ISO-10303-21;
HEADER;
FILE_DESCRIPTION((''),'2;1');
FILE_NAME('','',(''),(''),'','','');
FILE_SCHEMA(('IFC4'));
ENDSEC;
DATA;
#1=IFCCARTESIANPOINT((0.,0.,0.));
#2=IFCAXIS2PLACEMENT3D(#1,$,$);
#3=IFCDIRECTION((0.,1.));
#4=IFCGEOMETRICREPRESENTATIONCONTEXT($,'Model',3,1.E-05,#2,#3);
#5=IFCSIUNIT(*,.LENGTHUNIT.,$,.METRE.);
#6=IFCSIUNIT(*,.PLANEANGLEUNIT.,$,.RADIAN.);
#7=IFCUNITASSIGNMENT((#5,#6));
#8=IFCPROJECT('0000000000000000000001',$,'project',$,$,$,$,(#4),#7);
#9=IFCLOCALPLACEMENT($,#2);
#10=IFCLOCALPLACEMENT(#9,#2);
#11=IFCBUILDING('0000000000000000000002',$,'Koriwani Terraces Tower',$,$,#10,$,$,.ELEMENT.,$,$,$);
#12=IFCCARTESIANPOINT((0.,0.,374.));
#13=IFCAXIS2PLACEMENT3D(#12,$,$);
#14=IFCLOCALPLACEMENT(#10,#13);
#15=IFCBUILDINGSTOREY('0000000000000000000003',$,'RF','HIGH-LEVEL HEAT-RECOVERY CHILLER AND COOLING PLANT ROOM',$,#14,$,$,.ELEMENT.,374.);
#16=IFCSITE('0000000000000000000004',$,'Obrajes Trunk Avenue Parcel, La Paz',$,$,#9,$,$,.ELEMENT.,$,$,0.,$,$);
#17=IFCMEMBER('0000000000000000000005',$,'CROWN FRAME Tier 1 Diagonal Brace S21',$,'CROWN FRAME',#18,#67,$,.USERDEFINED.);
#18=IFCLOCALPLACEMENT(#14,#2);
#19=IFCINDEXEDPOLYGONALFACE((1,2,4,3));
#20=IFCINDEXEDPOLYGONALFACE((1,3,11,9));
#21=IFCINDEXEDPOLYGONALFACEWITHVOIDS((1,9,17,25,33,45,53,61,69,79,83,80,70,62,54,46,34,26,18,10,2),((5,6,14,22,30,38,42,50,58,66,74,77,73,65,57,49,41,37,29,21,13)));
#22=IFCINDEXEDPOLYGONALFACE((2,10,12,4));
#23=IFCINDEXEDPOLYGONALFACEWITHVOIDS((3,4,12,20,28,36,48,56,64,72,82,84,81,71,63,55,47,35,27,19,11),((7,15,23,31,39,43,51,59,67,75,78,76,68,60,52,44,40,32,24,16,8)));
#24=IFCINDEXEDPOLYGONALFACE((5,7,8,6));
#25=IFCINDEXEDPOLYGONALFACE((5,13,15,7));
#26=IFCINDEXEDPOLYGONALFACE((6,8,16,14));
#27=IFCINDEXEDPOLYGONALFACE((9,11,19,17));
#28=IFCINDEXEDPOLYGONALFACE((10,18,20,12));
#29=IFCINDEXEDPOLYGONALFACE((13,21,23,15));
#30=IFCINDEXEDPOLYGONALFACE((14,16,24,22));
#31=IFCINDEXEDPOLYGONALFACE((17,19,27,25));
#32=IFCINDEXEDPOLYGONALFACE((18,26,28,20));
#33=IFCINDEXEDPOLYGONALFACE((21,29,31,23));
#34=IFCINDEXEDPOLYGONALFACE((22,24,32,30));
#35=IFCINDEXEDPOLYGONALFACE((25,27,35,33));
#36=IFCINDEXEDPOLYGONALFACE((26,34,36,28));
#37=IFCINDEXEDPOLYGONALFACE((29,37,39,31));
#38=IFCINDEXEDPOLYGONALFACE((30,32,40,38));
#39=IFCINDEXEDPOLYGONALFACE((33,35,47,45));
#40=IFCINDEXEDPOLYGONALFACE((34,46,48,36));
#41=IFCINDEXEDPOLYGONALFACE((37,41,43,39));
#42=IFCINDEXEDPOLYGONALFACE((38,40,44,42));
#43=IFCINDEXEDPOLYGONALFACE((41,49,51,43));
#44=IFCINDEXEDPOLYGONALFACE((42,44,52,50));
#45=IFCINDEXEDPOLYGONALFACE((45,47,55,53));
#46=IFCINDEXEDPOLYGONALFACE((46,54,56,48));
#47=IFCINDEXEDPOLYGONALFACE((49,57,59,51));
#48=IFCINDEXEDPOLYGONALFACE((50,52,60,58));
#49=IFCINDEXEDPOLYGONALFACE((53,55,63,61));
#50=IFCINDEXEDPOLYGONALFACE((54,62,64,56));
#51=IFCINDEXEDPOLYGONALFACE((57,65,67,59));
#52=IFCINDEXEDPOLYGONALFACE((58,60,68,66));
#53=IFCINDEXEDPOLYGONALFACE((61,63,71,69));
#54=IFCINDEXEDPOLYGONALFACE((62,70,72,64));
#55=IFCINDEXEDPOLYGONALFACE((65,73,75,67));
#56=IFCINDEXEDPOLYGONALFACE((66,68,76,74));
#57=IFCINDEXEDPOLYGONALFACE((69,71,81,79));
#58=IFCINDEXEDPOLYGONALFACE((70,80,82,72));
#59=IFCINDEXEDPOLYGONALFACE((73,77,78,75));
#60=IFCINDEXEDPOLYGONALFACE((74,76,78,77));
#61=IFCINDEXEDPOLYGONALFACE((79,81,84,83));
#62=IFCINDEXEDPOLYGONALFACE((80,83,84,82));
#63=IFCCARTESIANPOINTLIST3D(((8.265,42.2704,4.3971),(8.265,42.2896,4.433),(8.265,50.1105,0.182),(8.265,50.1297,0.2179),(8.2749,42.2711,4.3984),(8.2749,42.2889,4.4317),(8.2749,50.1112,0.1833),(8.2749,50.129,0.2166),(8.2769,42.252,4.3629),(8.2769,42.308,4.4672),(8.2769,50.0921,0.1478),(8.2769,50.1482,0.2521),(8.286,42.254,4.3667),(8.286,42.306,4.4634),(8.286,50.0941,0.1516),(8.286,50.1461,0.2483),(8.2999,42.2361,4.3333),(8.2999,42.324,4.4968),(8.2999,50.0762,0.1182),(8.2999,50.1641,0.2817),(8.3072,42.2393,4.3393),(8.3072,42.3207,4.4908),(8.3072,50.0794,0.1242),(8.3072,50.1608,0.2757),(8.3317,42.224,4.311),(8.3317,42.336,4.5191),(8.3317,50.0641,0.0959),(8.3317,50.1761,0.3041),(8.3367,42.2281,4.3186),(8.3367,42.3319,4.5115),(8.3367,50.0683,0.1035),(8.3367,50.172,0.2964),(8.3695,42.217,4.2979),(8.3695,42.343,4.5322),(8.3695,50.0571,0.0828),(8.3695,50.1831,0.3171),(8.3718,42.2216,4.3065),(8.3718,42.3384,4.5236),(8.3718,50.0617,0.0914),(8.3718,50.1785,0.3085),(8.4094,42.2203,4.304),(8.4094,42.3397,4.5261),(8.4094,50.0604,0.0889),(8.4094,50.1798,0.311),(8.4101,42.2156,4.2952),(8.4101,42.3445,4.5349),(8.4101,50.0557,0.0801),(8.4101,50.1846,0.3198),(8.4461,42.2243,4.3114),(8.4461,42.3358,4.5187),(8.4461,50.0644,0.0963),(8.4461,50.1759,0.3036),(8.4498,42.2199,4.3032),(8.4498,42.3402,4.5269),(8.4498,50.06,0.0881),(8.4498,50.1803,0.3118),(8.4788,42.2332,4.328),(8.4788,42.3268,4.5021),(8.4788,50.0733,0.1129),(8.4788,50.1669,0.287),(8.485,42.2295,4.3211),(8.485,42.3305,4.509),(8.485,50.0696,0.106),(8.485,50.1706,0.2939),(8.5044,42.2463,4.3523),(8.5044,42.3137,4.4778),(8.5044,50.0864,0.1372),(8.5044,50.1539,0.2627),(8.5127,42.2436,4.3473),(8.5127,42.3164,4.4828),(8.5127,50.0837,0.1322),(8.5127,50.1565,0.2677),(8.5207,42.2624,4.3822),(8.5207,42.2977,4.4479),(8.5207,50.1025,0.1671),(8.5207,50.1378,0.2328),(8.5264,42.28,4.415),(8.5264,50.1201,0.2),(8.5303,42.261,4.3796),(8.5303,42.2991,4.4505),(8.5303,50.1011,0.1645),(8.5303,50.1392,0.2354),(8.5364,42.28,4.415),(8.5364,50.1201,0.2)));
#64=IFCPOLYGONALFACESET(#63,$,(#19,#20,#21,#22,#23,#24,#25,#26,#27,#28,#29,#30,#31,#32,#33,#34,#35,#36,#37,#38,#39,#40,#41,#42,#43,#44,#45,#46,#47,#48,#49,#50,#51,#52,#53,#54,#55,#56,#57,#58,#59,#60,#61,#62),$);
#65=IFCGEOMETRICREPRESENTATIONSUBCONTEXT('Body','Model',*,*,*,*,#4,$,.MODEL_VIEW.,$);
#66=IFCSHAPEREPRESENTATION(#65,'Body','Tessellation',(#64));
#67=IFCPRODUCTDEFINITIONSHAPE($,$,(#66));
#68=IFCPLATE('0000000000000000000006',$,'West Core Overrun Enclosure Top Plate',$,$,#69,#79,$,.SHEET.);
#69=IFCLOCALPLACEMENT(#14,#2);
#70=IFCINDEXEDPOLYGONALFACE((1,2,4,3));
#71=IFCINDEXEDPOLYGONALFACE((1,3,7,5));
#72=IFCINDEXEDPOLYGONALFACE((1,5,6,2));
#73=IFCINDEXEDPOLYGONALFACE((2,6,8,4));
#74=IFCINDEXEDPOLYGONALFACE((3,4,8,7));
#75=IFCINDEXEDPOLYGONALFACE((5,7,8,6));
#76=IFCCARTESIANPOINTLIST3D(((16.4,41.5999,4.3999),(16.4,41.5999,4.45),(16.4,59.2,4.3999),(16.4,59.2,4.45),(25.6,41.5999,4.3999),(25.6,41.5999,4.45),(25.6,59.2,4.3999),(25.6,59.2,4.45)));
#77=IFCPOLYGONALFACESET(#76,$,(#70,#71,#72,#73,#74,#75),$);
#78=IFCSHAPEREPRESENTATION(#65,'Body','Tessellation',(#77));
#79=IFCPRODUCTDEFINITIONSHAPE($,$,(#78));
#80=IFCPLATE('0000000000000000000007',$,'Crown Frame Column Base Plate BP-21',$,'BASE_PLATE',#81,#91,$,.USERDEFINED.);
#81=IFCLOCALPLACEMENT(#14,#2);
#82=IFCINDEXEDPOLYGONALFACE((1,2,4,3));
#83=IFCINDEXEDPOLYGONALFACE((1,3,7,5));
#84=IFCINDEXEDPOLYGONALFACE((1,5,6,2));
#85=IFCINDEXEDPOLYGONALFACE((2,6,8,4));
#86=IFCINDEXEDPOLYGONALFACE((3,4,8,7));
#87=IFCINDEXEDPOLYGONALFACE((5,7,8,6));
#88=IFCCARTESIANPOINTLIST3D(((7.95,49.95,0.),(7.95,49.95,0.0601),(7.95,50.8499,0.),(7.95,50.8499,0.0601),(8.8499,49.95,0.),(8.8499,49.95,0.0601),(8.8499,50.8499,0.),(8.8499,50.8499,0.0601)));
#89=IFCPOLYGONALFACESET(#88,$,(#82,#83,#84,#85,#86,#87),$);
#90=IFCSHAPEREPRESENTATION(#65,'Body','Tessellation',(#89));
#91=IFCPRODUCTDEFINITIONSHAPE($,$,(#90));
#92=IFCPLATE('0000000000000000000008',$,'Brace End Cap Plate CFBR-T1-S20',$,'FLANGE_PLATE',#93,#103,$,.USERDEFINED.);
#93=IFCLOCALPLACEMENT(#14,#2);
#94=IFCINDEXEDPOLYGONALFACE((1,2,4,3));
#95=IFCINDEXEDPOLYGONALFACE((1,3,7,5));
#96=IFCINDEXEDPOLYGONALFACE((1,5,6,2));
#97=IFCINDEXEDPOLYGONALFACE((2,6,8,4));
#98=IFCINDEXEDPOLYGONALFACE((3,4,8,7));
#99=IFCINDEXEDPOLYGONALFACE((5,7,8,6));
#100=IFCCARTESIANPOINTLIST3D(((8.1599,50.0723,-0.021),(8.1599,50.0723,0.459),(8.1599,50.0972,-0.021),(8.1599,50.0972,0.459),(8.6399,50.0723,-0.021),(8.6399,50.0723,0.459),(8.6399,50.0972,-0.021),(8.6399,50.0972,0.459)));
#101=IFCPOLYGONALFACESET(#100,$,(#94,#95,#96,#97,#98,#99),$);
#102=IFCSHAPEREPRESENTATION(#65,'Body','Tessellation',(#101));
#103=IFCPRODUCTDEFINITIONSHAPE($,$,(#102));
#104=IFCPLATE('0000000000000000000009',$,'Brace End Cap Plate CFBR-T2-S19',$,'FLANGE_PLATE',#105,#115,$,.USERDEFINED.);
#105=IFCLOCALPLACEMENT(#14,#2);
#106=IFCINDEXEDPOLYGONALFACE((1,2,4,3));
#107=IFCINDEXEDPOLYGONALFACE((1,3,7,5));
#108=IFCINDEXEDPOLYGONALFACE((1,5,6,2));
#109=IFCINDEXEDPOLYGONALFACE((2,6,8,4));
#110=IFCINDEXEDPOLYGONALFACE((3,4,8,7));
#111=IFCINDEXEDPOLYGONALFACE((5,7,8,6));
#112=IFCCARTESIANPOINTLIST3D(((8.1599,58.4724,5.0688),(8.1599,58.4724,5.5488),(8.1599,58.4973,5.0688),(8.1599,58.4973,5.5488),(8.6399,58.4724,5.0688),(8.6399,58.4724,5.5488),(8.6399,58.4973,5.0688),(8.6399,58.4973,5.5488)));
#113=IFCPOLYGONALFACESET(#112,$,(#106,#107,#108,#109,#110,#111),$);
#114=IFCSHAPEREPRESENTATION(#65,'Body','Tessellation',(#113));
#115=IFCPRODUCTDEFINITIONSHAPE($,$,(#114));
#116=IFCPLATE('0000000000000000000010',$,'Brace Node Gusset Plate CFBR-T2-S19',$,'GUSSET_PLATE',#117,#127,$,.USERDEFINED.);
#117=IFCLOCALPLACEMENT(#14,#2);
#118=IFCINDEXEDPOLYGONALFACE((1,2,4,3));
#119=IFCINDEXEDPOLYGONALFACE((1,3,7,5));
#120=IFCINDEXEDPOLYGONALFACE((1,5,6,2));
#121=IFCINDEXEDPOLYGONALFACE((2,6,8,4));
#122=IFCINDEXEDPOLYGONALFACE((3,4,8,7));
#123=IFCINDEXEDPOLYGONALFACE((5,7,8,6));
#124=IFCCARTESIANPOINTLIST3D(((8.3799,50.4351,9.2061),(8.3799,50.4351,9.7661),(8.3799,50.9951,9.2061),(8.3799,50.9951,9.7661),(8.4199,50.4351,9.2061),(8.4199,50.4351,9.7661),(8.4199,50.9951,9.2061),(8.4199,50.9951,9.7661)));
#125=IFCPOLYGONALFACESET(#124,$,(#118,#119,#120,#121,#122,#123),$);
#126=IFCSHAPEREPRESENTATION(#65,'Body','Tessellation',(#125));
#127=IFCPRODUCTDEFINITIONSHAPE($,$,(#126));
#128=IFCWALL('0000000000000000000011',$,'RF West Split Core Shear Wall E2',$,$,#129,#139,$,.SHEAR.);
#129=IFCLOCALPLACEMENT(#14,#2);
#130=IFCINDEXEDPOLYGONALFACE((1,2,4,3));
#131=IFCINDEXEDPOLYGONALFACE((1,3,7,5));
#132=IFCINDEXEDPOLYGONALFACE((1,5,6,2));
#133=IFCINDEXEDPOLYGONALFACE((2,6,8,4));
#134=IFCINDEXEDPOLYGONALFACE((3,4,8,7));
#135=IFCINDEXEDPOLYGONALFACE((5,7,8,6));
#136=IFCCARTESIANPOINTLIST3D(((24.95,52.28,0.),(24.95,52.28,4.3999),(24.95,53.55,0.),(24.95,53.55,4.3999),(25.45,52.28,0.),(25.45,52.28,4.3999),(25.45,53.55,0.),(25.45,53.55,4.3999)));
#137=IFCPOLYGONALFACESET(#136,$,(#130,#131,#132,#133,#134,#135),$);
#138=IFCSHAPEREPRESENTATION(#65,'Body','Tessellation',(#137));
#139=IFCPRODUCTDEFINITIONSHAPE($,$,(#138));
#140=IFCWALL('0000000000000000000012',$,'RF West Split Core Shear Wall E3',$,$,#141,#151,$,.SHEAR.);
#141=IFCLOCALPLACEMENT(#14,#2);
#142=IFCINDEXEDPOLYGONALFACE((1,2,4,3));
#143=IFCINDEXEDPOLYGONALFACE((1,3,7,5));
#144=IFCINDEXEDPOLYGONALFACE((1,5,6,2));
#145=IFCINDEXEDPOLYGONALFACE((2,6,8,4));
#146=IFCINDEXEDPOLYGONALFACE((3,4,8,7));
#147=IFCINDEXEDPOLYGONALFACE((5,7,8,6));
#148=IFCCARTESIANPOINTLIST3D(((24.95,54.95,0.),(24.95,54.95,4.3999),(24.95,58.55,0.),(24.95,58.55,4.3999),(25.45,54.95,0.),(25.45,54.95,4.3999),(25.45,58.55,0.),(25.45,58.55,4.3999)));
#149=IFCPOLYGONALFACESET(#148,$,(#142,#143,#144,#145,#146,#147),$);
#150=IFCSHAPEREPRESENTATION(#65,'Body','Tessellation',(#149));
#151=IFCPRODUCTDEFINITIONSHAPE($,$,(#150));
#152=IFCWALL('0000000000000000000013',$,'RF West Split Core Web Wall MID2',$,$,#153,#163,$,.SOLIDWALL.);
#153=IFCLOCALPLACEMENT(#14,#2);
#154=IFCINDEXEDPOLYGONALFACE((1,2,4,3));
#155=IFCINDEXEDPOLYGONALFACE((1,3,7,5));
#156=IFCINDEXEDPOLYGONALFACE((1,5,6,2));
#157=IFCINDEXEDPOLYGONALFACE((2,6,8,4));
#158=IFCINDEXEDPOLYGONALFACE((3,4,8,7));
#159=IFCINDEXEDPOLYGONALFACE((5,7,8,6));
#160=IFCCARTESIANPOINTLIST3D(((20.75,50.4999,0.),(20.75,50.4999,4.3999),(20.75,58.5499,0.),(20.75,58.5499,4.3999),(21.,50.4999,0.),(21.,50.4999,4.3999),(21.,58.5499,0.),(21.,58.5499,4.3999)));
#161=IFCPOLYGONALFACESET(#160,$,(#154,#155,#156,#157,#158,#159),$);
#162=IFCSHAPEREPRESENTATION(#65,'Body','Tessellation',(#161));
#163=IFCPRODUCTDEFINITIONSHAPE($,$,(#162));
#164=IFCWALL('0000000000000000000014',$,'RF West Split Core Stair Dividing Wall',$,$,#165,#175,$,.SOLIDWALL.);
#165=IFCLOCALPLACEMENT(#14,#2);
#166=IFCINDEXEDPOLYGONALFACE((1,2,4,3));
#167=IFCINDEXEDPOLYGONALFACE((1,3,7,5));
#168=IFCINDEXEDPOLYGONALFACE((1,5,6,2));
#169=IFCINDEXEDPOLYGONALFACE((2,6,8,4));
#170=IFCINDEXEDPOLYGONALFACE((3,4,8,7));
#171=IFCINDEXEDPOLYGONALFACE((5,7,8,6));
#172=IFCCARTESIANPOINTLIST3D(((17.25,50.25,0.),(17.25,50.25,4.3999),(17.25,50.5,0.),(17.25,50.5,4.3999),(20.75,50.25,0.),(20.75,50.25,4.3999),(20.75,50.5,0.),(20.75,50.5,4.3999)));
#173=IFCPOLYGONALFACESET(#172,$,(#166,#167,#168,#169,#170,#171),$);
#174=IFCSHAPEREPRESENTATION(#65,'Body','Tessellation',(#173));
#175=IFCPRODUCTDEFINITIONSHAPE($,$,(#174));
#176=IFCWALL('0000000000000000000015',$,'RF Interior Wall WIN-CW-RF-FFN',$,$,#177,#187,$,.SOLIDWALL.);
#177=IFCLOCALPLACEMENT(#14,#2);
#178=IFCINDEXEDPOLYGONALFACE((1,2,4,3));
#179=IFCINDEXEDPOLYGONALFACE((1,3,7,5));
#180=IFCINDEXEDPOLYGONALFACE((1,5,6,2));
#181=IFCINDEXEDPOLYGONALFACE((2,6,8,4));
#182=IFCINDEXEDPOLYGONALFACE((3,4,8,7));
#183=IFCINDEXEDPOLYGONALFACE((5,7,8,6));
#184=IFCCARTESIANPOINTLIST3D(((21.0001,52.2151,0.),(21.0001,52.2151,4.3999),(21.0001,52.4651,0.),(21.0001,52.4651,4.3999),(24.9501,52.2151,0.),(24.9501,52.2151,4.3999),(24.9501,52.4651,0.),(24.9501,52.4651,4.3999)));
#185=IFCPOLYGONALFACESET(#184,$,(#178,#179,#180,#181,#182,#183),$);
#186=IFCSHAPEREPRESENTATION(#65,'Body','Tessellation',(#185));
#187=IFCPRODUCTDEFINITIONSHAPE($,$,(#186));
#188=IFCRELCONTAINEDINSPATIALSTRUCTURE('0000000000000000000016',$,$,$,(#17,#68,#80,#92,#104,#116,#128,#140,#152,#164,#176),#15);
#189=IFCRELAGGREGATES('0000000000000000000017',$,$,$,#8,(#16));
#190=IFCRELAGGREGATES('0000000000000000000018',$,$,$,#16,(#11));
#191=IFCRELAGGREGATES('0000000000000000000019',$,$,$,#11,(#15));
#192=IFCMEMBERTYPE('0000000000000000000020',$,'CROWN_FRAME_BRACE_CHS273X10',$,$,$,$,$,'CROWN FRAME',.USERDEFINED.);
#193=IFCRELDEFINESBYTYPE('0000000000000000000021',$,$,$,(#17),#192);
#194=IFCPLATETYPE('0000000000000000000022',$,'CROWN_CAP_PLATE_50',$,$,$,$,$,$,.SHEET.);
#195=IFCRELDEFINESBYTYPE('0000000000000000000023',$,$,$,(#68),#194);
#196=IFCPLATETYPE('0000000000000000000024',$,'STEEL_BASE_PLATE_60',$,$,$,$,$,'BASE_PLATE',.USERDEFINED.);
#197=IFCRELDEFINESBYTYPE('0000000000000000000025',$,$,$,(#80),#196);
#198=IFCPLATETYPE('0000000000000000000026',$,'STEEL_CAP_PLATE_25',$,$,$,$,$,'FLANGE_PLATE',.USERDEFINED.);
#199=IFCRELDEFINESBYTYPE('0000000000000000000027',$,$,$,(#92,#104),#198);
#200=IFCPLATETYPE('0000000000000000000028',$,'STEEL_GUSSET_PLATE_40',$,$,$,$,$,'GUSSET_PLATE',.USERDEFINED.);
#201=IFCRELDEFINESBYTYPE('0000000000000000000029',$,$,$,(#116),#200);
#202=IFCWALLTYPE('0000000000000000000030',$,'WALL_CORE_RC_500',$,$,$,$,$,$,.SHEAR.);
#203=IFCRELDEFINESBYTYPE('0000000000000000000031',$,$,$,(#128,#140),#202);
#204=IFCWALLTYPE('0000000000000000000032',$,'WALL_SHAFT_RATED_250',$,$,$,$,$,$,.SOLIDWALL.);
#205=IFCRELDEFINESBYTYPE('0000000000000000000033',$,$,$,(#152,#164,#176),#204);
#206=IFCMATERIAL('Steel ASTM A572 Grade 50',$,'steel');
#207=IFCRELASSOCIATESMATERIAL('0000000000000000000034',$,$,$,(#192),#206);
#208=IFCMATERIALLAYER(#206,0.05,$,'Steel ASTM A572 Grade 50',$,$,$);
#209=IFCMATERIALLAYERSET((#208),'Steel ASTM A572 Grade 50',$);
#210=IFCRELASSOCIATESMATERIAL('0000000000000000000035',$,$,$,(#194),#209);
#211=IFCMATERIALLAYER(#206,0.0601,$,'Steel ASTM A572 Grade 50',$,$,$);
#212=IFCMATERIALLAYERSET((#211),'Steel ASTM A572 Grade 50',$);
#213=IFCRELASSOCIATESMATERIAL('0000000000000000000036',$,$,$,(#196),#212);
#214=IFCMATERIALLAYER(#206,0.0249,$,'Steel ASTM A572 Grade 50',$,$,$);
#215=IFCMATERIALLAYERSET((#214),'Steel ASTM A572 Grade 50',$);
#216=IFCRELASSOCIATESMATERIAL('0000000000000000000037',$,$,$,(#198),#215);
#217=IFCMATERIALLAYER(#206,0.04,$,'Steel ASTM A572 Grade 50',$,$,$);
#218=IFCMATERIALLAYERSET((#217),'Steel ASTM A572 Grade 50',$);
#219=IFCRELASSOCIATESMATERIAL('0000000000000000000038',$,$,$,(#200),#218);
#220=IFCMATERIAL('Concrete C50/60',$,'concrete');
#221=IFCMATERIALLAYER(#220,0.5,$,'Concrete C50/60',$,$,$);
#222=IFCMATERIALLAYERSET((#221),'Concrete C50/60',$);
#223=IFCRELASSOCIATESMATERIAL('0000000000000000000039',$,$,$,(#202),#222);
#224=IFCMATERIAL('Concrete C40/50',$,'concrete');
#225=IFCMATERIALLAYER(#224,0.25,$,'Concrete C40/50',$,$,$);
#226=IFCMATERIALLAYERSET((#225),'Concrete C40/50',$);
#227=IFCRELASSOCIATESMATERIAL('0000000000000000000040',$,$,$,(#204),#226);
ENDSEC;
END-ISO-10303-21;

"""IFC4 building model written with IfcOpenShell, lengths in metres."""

from ifc_helpers import new_model, si_unit, direction, frame, frame_2d, origin, origin_2d, place, context, subcontext, project, spatial, rectangle, hollow_circle, extrude, material, layer, layer_set, material_profile, profile_set, type_object, element, save


model = new_model("IFC4")

# Units and contexts
model_context = context("Model", 3, precision=1e-05, world=origin(), true_north=direction((0.0, 1.0)))
body_context = subcontext(model_context, "Body", "Model", "MODEL_VIEW")
ifc_project = project(units=[si_unit("LENGTHUNIT", "METRE"), si_unit("PLANEANGLEUNIT", "RADIAN")], contexts=[model_context])

# Site, building, storey
site_placement = place(None, origin())
site = spatial("IfcSite", under=ifc_project, at=site_placement, Name="Obrajes Trunk Avenue Parcel, La Paz", CompositionType="ELEMENT", RefElevation=0.0)
building_placement = place(site_placement, origin())
building = spatial("IfcBuilding", under=site, at=building_placement, Name="Koriwani Terraces Tower", CompositionType="ELEMENT")
storey_placement = place(building_placement, frame((0.0, 0.0, 374.0)))
storey = spatial("IfcBuildingStorey", under=building, at=storey_placement, Name="RF", Description="HIGH-LEVEL HEAT-RECOVERY CHILLER AND COOLING PLANT ROOM", CompositionType="ELEMENT", Elevation=374.0)

# Shared definitions
ifc_material_1 = material(Name="Steel ASTM A572 Grade 50", Category="steel")

# Shared definitions
ifc_material_2 = material(Name="Concrete C50/60", Category="concrete")
ifc_material_3 = material(Name="Concrete C40/50", Category="concrete")

# Member
ifc_material_profile_1 = material_profile(ifc_material_1, hollow_circle(Radius=0.1365, WallThickness=0.01, at=origin_2d()), Name="Steel ASTM A572 Grade 50", Category="LoadBearing")
ifc_profile_set_1 = profile_set([ifc_material_profile_1], Name="Steel ASTM A572 Grade 50")
member_type = type_object("IfcMemberType", Name="CROWN_FRAME_BRACE_CHS273X10", ElementType="CROWN FRAME", PredefinedType="USERDEFINED", material=ifc_profile_set_1)
member_placement = place(storey_placement, frame((8.3999, 50.1201, 0.2), z_axis=(0.0, -0.880776, 0.473534), x_axis=(1.0, 0.0, 0.0)))
element("IfcMember", 1, at=member_placement, inside=storey, type_object=member_type, Name="CROWN FRAME Tier 1 Diagonal Brace S21", ObjectType="CROWN FRAME", PredefinedType="USERDEFINED", context=body_context, shape_type="SweptSolid", body=[
    extrude(hollow_circle(Radius=0.1365, WallThickness=0.01, at=origin_2d()), origin(), (0.0, 0.0, 1.0), 8.9014),
])

# Plates
ifc_layer_1 = layer(ifc_material_1, 0.05, Name="Steel ASTM A572 Grade 50")
ifc_layer_set_1 = layer_set([ifc_layer_1], Name="Steel ASTM A572 Grade 50")
plate_type_1 = type_object("IfcPlateType", Name="CROWN_CAP_PLATE_50", PredefinedType="SHEET", material=ifc_layer_set_1)
plate_1_placement = place(storey_placement, frame((21.0, 50.3999, 4.3999), z_axis=(0.0, 0.0, 1.0), x_axis=(1.0, 0.0, 0.0)))
element("IfcPlate", 2, at=plate_1_placement, inside=storey, type_object=plate_type_1, Name="West Core Overrun Enclosure Top Plate", PredefinedType="SHEET", context=body_context, shape_type="SweptSolid", body=[
    extrude(rectangle(XDim=9.2, YDim=17.6001, at=origin_2d()), origin(), (0.0, 0.0, 1.0), 0.05),
])
ifc_layer_2 = layer(ifc_material_1, 0.0601, Name="Steel ASTM A572 Grade 50")
ifc_layer_set_2 = layer_set([ifc_layer_2], Name="Steel ASTM A572 Grade 50")
plate_type_2 = type_object("IfcPlateType", Name="STEEL_BASE_PLATE_60", ElementType="BASE_PLATE", PredefinedType="USERDEFINED", material=ifc_layer_set_2)
plate_2_placement = place(storey_placement, frame((8.3999, 50.3999, 0.0), z_axis=(0.0, 0.0, 1.0), x_axis=(1.0, 0.0, 0.0)))
element("IfcPlate", 3, at=plate_2_placement, inside=storey, type_object=plate_type_2, Name="Crown Frame Column Base Plate BP-21", ObjectType="BASE_PLATE", PredefinedType="USERDEFINED", context=body_context, shape_type="SweptSolid", body=[
    extrude(rectangle(XDim=0.8999, YDim=0.8999, at=origin_2d()), origin(), (0.0, 0.0, 1.0), 0.0601),
])
ifc_layer_3 = layer(ifc_material_1, 0.0249, Name="Steel ASTM A572 Grade 50")
ifc_layer_set_3 = layer_set([ifc_layer_3], Name="Steel ASTM A572 Grade 50")
plate_type_3 = type_object("IfcPlateType", Name="STEEL_CAP_PLATE_25", ElementType="FLANGE_PLATE", PredefinedType="USERDEFINED", material=ifc_layer_set_3)
for number, where, z_axis, x_axis, name in (
    (4, (8.3999, 50.0847, -0.021), (0.0, 0.0, 1.0), (0.0, -1.0, 0.0), "Brace End Cap Plate CFBR-T1-S20"),
    (5, (8.3999, 58.4849, 5.0688), (0.0, 0.0, 1.0), (0.0, -1.0, 0.0), "Brace End Cap Plate CFBR-T2-S19"),
):
    element("IfcPlate", number, at=place(storey_placement, frame(where, z_axis=z_axis, x_axis=x_axis)), inside=storey, type_object=plate_type_3, Name=name, ObjectType="FLANGE_PLATE", PredefinedType="USERDEFINED", context=body_context, shape_type="SweptSolid", body=[
        extrude(rectangle(XDim=0.0249, YDim=0.48, at=origin_2d()), origin(), (0.0, 0.0, 1.0), 0.48),
    ])
ifc_layer_4 = layer(ifc_material_1, 0.04, Name="Steel ASTM A572 Grade 50")
ifc_layer_set_4 = layer_set([ifc_layer_4], Name="Steel ASTM A572 Grade 50")
plate_type_4 = type_object("IfcPlateType", Name="STEEL_GUSSET_PLATE_40", ElementType="GUSSET_PLATE", PredefinedType="USERDEFINED", material=ifc_layer_set_4)
plate_3_placement = place(storey_placement, frame((8.3999, 50.7151, 9.2061), z_axis=(0.0, 0.0, 1.0), x_axis=(0.0, -1.0, 0.0)))
element("IfcPlate", 6, at=plate_3_placement, inside=storey, type_object=plate_type_4, Name="Brace Node Gusset Plate CFBR-T2-S19", ObjectType="GUSSET_PLATE", PredefinedType="USERDEFINED", context=body_context, shape_type="SweptSolid", body=[
    extrude(rectangle(XDim=0.5601, YDim=0.04, at=origin_2d()), origin(), (0.0, 0.0, 1.0), 0.5601),
])

# Walls
ifc_layer_5 = layer(ifc_material_2, 0.5, Name="Concrete C50/60")
ifc_layer_set_5 = layer_set([ifc_layer_5], Name="Concrete C50/60")
wall_type_1 = type_object("IfcWallType", Name="WALL_CORE_RC_500", PredefinedType="SHEAR", material=ifc_layer_set_5)
wall_1_placement = place(storey_placement, frame((25.2, 52.28, 0.0), z_axis=(0.0, 0.0, 1.0), x_axis=(0.0, 1.0, 0.0)))
element("IfcWall", 7, at=wall_1_placement, inside=storey, type_object=wall_type_1, Name="RF West Split Core Shear Wall E2", PredefinedType="SHEAR", context=body_context, shape_type="SweptSolid", body=[
    extrude(rectangle(XDim=1.27, YDim=0.5, at=frame_2d((0.635, 0.0))), origin(), (0.0, 0.0, 1.0), 4.3999),
])
wall_2_placement = place(storey_placement, frame((25.2, 54.95, 0.0), z_axis=(0.0, 0.0, 1.0), x_axis=(0.0, 1.0, 0.0)))
element("IfcWall", 8, at=wall_2_placement, inside=storey, type_object=wall_type_1, Name="RF West Split Core Shear Wall E3", PredefinedType="SHEAR", context=body_context, shape_type="SweptSolid", body=[
    extrude(rectangle(XDim=3.6001, YDim=0.5, at=frame_2d((1.8, 0.0))), origin(), (0.0, 0.0, 1.0), 4.3999),
])
ifc_layer_6 = layer(ifc_material_3, 0.25, Name="Concrete C40/50")
ifc_layer_set_6 = layer_set([ifc_layer_6], Name="Concrete C40/50")
wall_type_2 = type_object("IfcWallType", Name="WALL_SHAFT_RATED_250", PredefinedType="SOLIDWALL", material=ifc_layer_set_6)
wall_3_placement = place(storey_placement, frame((20.875, 50.5, 0.0), z_axis=(0.0, 0.0, 1.0), x_axis=(0.0, 1.0, 0.0)))
element("IfcWall", 9, at=wall_3_placement, inside=storey, type_object=wall_type_2, Name="RF West Split Core Web Wall MID2", PredefinedType="SOLIDWALL", context=body_context, shape_type="SweptSolid", body=[
    extrude(rectangle(XDim=8.05, YDim=0.25, at=frame_2d((4.0249, 0.0))), origin(), (0.0, 0.0, 1.0), 4.3999),
])
wall_4_placement = place(storey_placement, frame((17.25, 50.375, 0.0), z_axis=(0.0, 0.0, 1.0), x_axis=(1.0, 0.0, 0.0)))
element("IfcWall", 10, at=wall_4_placement, inside=storey, type_object=wall_type_2, Name="RF West Split Core Stair Dividing Wall", PredefinedType="SOLIDWALL", context=body_context, shape_type="SweptSolid", body=[
    extrude(rectangle(XDim=3.5, YDim=0.25, at=frame_2d((1.75, 0.0))), origin(), (0.0, 0.0, 1.0), 4.3999),
])

# Wall
wall_5_placement = place(storey_placement, frame((21.0, 52.3401, 0.0), z_axis=(0.0, 0.0, 1.0), x_axis=(1.0, 0.0, 0.0)))
element("IfcWall", 11, at=wall_5_placement, inside=storey, type_object=wall_type_2, Name="RF Interior Wall WIN-CW-RF-FFN", PredefinedType="SOLIDWALL", context=body_context, shape_type="SweptSolid", body=[
    extrude(rectangle(XDim=3.95, YDim=0.25, at=frame_2d((1.9751, 0.0))), origin(), (0.0, 0.0, 1.0), 4.3999),
])

save(model, "model.ifc")
